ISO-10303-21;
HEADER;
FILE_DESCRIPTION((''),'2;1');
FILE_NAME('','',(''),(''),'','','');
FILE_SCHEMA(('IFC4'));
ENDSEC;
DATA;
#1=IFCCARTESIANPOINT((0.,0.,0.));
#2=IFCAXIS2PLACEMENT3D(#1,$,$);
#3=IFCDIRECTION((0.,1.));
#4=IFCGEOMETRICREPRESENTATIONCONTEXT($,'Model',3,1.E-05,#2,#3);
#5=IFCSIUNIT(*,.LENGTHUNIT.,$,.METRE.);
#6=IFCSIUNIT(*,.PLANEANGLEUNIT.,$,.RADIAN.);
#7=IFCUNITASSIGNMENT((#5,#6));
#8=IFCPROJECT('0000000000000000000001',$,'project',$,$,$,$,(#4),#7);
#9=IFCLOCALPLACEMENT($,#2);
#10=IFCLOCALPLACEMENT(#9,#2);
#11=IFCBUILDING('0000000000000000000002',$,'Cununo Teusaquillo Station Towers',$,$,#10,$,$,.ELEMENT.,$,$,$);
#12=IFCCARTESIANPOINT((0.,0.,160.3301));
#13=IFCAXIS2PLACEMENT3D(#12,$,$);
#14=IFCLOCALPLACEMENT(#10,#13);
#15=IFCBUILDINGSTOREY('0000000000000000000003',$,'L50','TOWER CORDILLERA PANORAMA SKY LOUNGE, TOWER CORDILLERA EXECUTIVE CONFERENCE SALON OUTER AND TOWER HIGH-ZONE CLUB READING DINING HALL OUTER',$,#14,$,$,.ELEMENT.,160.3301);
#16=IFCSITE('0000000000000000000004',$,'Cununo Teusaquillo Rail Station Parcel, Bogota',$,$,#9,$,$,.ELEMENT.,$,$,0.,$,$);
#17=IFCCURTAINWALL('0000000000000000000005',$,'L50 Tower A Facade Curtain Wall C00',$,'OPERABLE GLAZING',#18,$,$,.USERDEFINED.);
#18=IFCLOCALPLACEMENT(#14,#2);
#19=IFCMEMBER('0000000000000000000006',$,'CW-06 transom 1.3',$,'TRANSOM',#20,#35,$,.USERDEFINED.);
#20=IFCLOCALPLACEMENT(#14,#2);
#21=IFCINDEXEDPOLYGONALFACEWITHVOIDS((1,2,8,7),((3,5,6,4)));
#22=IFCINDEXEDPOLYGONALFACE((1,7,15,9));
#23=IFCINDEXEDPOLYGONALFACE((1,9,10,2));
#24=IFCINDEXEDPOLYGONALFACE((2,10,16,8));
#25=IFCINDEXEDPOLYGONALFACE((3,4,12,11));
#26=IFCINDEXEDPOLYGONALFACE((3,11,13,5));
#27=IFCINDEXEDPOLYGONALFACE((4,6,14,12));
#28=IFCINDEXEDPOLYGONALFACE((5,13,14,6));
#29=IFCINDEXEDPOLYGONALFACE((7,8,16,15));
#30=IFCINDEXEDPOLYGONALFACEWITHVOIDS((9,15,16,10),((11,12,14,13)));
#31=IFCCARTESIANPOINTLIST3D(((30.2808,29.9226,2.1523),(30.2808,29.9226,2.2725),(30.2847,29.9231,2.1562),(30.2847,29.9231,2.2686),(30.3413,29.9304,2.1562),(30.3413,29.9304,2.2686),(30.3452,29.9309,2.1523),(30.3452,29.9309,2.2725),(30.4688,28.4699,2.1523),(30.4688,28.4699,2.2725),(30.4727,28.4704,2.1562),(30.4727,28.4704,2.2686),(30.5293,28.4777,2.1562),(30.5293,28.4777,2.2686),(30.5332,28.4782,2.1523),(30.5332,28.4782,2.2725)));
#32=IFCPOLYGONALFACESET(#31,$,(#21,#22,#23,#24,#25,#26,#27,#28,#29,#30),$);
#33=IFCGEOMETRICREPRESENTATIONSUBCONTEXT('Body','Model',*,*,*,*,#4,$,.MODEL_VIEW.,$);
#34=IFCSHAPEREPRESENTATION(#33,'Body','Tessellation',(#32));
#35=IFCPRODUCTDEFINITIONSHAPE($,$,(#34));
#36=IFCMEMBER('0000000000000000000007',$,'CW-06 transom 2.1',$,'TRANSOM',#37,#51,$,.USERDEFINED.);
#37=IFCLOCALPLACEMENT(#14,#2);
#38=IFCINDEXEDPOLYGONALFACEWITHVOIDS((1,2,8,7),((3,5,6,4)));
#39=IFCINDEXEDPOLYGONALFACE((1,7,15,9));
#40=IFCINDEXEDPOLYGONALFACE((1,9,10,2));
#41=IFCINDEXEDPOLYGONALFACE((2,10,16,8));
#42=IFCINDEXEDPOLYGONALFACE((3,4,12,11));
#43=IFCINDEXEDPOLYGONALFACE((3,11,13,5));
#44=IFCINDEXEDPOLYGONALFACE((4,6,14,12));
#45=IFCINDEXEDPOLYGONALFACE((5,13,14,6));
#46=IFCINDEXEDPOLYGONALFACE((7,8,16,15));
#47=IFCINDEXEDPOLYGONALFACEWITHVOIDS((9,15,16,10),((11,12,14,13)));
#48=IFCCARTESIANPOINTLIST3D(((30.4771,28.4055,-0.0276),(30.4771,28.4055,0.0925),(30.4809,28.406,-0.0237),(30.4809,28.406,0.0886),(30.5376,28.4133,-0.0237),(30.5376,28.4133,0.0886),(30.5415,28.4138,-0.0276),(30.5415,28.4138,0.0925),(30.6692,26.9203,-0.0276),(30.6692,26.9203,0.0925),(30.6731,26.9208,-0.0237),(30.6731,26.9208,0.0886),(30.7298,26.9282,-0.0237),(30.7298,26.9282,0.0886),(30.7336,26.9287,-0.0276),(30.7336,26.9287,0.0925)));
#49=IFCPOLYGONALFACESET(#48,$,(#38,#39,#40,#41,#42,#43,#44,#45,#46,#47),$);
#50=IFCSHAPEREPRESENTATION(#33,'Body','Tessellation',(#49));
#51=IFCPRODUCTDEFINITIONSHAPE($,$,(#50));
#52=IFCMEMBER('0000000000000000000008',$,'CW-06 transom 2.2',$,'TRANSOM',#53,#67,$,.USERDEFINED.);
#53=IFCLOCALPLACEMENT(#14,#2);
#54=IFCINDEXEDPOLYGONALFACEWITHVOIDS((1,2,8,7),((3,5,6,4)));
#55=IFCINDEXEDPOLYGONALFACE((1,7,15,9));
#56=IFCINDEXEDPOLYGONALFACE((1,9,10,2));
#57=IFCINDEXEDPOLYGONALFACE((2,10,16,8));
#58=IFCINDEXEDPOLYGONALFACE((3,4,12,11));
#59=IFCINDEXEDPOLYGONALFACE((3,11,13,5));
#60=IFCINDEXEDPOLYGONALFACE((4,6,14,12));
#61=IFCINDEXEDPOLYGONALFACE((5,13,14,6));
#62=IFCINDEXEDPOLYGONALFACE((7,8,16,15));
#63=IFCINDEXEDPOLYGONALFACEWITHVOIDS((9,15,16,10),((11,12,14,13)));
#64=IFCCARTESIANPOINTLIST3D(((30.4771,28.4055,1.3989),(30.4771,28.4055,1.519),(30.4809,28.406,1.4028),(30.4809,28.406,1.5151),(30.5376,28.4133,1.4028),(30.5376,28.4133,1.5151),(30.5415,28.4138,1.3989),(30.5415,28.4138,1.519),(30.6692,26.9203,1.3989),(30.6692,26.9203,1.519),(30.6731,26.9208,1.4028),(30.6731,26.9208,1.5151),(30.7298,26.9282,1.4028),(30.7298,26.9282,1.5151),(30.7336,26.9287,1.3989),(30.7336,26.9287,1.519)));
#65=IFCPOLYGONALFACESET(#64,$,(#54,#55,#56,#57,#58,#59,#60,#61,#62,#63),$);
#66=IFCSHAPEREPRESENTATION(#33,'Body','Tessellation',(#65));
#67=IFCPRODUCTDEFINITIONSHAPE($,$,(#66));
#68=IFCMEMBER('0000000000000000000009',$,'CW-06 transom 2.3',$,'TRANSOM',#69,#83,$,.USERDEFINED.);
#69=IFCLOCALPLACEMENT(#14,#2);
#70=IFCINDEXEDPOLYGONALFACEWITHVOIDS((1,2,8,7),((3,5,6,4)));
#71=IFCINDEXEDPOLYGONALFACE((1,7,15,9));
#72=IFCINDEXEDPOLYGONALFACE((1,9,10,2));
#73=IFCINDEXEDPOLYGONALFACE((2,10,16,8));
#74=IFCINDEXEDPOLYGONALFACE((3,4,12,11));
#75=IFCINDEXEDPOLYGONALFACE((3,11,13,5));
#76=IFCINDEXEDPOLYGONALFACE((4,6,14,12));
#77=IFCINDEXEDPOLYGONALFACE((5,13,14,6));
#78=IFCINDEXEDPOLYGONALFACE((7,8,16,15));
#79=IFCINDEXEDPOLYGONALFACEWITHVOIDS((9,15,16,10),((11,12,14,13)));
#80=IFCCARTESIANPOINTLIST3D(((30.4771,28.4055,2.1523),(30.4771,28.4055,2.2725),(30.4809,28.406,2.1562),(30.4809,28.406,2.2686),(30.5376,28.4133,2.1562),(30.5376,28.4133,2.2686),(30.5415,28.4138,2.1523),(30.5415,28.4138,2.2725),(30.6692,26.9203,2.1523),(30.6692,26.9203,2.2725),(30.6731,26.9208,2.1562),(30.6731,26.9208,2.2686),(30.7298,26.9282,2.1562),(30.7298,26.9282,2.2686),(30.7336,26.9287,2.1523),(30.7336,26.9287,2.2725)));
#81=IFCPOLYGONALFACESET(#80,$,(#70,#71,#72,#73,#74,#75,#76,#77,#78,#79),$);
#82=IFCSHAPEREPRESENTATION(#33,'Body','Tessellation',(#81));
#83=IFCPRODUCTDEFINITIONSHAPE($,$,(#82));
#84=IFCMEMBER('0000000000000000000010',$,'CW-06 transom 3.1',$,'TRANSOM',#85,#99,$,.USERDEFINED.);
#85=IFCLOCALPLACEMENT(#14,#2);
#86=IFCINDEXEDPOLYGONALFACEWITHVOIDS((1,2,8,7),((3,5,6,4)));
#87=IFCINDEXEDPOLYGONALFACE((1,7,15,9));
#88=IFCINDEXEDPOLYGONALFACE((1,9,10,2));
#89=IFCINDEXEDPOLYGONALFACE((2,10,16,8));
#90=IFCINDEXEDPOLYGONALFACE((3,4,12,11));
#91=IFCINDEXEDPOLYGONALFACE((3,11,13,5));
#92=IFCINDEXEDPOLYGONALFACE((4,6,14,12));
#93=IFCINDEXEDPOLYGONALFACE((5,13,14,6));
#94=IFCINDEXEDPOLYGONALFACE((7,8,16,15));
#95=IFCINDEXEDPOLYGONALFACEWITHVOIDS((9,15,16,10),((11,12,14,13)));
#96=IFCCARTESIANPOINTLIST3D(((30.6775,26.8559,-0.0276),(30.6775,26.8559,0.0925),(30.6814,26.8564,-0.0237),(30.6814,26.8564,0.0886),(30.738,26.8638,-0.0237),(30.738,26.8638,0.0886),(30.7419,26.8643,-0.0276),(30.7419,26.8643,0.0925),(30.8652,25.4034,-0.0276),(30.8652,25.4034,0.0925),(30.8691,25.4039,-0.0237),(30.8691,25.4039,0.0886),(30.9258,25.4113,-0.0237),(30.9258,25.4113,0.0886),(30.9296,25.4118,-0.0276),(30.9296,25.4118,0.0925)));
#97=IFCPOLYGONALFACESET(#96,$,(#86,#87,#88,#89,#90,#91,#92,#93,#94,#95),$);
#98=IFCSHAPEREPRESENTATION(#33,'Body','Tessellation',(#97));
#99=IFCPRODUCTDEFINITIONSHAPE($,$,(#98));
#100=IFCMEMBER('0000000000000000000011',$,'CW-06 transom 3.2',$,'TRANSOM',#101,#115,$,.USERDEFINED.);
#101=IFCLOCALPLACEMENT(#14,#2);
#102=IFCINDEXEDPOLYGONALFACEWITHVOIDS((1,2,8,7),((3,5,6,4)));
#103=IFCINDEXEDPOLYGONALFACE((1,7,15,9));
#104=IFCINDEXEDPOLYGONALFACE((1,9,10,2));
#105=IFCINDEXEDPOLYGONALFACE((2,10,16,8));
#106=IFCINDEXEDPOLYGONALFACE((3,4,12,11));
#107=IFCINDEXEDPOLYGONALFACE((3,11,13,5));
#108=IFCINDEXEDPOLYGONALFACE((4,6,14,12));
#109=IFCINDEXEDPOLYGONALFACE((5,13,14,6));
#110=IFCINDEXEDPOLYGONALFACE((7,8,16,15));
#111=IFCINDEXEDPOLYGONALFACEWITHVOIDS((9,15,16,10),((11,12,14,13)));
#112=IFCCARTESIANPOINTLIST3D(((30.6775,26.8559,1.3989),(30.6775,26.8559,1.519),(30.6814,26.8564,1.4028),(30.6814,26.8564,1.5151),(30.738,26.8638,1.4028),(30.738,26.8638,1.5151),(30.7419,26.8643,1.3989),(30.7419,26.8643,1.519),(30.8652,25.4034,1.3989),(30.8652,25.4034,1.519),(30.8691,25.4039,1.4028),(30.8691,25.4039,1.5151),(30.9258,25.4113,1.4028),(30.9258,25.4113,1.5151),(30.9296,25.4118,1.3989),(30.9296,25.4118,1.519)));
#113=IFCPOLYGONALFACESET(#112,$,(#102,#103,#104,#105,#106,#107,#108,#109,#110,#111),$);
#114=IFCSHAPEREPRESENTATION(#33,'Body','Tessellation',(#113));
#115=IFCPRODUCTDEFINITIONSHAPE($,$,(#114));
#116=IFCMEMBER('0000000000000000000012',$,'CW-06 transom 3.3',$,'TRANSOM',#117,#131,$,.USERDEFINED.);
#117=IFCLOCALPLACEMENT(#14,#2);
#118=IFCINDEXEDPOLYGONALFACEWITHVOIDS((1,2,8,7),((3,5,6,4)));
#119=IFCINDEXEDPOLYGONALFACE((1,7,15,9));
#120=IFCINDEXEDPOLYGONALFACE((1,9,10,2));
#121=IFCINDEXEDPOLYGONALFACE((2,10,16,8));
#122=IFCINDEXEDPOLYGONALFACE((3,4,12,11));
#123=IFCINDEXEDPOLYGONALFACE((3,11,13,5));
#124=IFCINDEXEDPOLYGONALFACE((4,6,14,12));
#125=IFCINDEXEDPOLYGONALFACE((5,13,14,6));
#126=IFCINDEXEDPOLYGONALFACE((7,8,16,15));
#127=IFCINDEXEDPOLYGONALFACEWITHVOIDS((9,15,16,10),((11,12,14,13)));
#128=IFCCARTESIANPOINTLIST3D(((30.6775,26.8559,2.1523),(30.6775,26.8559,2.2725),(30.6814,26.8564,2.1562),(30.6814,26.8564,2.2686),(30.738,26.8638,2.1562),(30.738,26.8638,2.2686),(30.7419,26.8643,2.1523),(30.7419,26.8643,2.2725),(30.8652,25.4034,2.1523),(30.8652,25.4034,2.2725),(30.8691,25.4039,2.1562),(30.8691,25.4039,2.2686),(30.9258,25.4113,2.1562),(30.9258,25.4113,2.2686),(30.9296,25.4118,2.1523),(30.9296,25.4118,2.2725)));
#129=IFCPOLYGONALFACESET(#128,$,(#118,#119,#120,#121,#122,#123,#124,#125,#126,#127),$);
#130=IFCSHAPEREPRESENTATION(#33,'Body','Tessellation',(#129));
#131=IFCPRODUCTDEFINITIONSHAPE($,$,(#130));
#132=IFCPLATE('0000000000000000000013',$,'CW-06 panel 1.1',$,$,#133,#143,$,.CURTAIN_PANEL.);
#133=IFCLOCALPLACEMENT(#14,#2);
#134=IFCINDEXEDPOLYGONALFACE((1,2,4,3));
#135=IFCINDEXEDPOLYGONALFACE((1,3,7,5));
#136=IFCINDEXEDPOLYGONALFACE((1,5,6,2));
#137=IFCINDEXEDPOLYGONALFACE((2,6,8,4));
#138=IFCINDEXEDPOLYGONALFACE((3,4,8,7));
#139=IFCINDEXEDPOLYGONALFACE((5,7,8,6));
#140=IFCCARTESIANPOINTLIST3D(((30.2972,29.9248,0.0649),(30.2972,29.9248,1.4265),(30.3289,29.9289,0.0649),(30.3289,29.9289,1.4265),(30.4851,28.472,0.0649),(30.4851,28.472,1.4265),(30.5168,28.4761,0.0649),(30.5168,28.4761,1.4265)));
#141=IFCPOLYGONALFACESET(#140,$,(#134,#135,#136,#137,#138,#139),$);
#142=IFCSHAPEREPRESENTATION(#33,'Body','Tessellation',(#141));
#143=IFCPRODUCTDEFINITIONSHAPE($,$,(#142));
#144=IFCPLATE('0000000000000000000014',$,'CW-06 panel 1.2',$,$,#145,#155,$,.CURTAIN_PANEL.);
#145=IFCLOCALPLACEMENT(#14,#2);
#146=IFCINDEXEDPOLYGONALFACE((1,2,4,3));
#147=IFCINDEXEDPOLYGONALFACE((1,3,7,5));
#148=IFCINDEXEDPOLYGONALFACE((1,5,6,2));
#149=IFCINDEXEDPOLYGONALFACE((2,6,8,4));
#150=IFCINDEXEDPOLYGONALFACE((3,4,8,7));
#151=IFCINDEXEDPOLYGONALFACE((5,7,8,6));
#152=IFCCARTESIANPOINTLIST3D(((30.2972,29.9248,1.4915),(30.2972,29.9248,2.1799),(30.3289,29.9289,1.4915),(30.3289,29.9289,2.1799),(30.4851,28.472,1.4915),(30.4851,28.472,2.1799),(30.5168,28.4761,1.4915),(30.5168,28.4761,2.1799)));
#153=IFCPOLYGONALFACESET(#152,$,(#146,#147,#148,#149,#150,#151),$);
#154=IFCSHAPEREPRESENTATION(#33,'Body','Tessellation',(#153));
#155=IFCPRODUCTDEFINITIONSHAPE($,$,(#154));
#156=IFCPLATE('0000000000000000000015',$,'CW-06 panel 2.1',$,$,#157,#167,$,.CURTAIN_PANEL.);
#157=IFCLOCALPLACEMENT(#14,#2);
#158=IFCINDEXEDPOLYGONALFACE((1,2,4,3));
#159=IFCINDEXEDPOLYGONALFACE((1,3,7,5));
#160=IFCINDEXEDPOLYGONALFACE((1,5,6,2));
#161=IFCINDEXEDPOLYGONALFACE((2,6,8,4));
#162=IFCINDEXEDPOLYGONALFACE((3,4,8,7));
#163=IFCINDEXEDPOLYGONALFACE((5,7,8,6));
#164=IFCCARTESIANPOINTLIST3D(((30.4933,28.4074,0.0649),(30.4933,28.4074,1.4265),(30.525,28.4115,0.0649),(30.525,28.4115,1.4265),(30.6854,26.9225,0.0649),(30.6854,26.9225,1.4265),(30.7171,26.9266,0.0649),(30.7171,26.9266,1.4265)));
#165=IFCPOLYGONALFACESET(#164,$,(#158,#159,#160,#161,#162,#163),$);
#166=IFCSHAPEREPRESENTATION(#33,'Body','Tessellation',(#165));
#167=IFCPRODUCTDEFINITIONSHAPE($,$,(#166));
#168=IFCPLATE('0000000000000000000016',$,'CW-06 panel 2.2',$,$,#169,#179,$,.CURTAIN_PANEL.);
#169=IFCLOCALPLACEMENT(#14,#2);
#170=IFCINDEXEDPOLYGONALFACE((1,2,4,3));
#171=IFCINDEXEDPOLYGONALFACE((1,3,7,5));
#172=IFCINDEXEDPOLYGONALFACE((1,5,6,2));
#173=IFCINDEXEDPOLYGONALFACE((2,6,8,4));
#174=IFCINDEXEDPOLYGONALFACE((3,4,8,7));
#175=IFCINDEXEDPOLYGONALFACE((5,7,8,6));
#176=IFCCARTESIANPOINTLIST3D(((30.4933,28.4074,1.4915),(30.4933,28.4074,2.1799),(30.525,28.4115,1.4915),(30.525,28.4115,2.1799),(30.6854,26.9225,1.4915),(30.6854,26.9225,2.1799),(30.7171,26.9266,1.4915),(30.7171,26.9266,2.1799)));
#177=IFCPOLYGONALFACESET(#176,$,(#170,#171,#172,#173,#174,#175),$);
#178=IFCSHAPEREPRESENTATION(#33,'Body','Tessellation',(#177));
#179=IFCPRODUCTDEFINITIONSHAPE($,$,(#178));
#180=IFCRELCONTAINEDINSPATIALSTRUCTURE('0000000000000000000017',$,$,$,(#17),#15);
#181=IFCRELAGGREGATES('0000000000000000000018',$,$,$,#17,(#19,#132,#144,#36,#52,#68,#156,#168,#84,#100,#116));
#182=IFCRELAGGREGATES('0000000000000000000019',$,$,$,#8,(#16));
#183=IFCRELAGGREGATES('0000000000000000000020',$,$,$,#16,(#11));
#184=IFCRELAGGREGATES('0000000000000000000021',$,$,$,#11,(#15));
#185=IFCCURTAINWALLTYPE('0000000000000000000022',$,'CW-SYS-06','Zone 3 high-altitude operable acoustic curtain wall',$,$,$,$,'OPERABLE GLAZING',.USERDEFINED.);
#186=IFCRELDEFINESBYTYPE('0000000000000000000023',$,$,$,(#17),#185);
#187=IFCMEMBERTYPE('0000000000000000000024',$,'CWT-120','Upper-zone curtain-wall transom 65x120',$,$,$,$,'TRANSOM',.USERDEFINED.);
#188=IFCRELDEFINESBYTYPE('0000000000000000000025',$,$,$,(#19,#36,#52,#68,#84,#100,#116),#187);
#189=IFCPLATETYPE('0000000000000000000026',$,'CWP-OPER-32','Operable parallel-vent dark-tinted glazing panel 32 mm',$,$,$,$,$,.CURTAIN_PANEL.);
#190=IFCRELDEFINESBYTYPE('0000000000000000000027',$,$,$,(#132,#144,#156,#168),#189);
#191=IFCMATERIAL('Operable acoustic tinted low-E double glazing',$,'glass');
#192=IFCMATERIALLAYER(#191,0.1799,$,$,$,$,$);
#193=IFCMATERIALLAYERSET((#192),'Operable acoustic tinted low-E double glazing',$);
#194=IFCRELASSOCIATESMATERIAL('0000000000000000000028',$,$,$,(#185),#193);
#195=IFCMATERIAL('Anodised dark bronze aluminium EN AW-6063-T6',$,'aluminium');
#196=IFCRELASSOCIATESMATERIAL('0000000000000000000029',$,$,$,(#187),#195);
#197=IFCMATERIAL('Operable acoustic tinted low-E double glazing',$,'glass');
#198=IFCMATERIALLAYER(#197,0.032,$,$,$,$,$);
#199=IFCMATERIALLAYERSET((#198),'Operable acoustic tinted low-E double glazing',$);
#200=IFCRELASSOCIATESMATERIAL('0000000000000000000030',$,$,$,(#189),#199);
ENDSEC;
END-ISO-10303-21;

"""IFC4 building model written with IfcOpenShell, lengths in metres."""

from ifc_helpers import new_model, si_unit, direction, frame, origin, origin_2d, place, context, subcontext, project, spatial, rectangle, hollow_rectangle, extrude, source, transform, mapped, material, layer, layer_set, material_profile, profile_set, type_object, element, aggregate, save


model = new_model("IFC4")

# Units and contexts
model_context = context("Model", 3, precision=1e-05, world=origin(), true_north=direction((0.0, 1.0)))
body_context = subcontext(model_context, "Body", "Model", "MODEL_VIEW")
ifc_project = project(units=[si_unit("LENGTHUNIT", "METRE"), si_unit("PLANEANGLEUNIT", "RADIAN")], contexts=[model_context])

# Site, building, storey
site_placement = place(None, origin())
site = spatial("IfcSite", under=ifc_project, at=site_placement, Name="Cununo Teusaquillo Rail Station Parcel, Bogota", CompositionType="ELEMENT", RefElevation=0.0)
building_placement = place(site_placement, origin())
building = spatial("IfcBuilding", under=site, at=building_placement, Name="Cununo Teusaquillo Station Towers", CompositionType="ELEMENT")
storey_placement = place(building_placement, frame((0.0, 0.0, 160.3301)))
storey = spatial("IfcBuildingStorey", under=building, at=storey_placement, Name="L50", Description="TOWER CORDILLERA PANORAMA SKY LOUNGE, TOWER CORDILLERA EXECUTIVE CONFERENCE SALON OUTER AND TOWER HIGH-ZONE CLUB READING DINING HALL OUTER", CompositionType="ELEMENT", Elevation=160.3301)

# Curtain wall, members, plates
ifc_material_1 = material(Name="Operable acoustic tinted low-E double glazing", Category="glass")
ifc_layer_1 = layer(ifc_material_1, 0.1799)
ifc_layer_set_1 = layer_set([ifc_layer_1], Name="Operable acoustic tinted low-E double glazing")
curtain_wall_type = type_object("IfcCurtainWallType", Name="CW-SYS-06", Description="Zone 3 high-altitude operable acoustic curtain wall", ElementType="OPERABLE GLAZING", PredefinedType="USERDEFINED", material=ifc_layer_set_1)
curtain_wall_placement = place(storey_placement, origin())
curtain_wall = element("IfcCurtainWall", 1, at=curtain_wall_placement, inside=storey, type_object=curtain_wall_type, Name="L50 Tower A Facade Curtain Wall C00", ObjectType="OPERABLE GLAZING", PredefinedType="USERDEFINED")
ifc_material_2 = material(Name="Anodised dark bronze aluminium EN AW-6063-T6", Category="aluminium")
ifc_material_profile_1 = material_profile(ifc_material_2, hollow_rectangle(XDim=0.0649, YDim=0.1201, WallThickness=0.0039, at=origin_2d()), Name="CW-TRAN-65x120")
ifc_profile_set_1 = profile_set([ifc_material_profile_1], Name="Anodised dark bronze aluminium EN AW-6063-T6")
member_type_1 = type_object("IfcMemberType", Name="CWT-120", Description="Upper-zone curtain-wall transom 65x120", ElementType="TRANSOM", PredefinedType="USERDEFINED", material=ifc_profile_set_1)
member_1_placement = place(storey_placement, frame((30.313, 29.9268, 2.2124), z_axis=(0.128342, -0.99173, 0.0), x_axis=(0.99173, 0.128342, 0.0)))
member_1 = element("IfcMember", 2, at=member_1_placement, type_object=member_type_1, Name="CW-06 transom 1.3", ObjectType="TRANSOM", PredefinedType="USERDEFINED", context=body_context, shape_type="SweptSolid", body=[
    extrude(hollow_rectangle(XDim=0.0649, YDim=0.1201, WallThickness=0.0039, at=origin_2d()), origin(), (0.0, 0.0, 1.0), 1.4648),
])
member_2_placement = place(storey_placement, frame((30.5093, 28.4097, 0.0325), z_axis=(0.128308, -0.991734, 0.0), x_axis=(0.991734, 0.128308, 0.0)))
member_2 = element("IfcMember", 3, at=member_2_placement, type_object=member_type_1, Name="CW-06 transom 2.1", ObjectType="TRANSOM", PredefinedType="USERDEFINED", context=body_context, shape_type="SweptSolid", body=[
    extrude(hollow_rectangle(XDim=0.0649, YDim=0.1201, WallThickness=0.0039, at=origin_2d()), origin(), (0.0, 0.0, 1.0), 1.4976),
])
member_3_placement = place(storey_placement, frame((30.5093, 28.4097, 1.459), z_axis=(0.128308, -0.991734, 0.0), x_axis=(0.991734, 0.128308, 0.0)))
member_3 = element("IfcMember", 4, at=member_3_placement, type_object=member_type_1, Name="CW-06 transom 2.2", ObjectType="TRANSOM", PredefinedType="USERDEFINED", context=body_context, shape_type="SweptSolid", body=[
    extrude(hollow_rectangle(XDim=0.0649, YDim=0.1201, WallThickness=0.0039, at=origin_2d()), origin(), (0.0, 0.0, 1.0), 1.4976),
])
member_4_placement = place(storey_placement, frame((30.5093, 28.4097, 2.2124), z_axis=(0.128308, -0.991734, 0.0), x_axis=(0.991734, 0.128308, 0.0)))
member_4 = element("IfcMember", 5, at=member_4_placement, type_object=member_type_1, Name="CW-06 transom 2.3", ObjectType="TRANSOM", PredefinedType="USERDEFINED", context=body_context, shape_type="SweptSolid", body=[
    extrude(hollow_rectangle(XDim=0.0649, YDim=0.1201, WallThickness=0.0039, at=origin_2d()), origin(), (0.0, 0.0, 1.0), 1.4976),
])
member_5_placement = place(storey_placement, frame((30.7097, 26.8601, 0.0325), z_axis=(0.128178, -0.991751, 0.0), x_axis=(0.991751, 0.128178, 0.0)))
member_5 = element("IfcMember", 6, at=member_5_placement, type_object=member_type_1, Name="CW-06 transom 3.1", ObjectType="TRANSOM", PredefinedType="USERDEFINED", context=body_context, shape_type="SweptSolid", body=[
    extrude(hollow_rectangle(XDim=0.0649, YDim=0.1201, WallThickness=0.0039, at=origin_2d()), origin(), (0.0, 0.0, 1.0), 1.4646),
])
member_6_placement = place(storey_placement, frame((30.7097, 26.8601, 1.459), z_axis=(0.128178, -0.991751, 0.0), x_axis=(0.991751, 0.128178, 0.0)))
member_6 = element("IfcMember", 7, at=member_6_placement, type_object=member_type_1, Name="CW-06 transom 3.2", ObjectType="TRANSOM", PredefinedType="USERDEFINED", context=body_context, shape_type="SweptSolid", body=[
    extrude(hollow_rectangle(XDim=0.0649, YDim=0.1201, WallThickness=0.0039, at=origin_2d()), origin(), (0.0, 0.0, 1.0), 1.4646),
])
member_7_placement = place(storey_placement, frame((30.7097, 26.8601, 2.2124), z_axis=(0.128178, -0.991751, 0.0), x_axis=(0.991751, 0.128178, 0.0)))
member_7 = element("IfcMember", 8, at=member_7_placement, type_object=member_type_1, Name="CW-06 transom 3.3", ObjectType="TRANSOM", PredefinedType="USERDEFINED", context=body_context, shape_type="SweptSolid", body=[
    extrude(hollow_rectangle(XDim=0.0649, YDim=0.1201, WallThickness=0.0039, at=origin_2d()), origin(), (0.0, 0.0, 1.0), 1.4646),
])
ifc_material_3 = material(Name="Operable acoustic tinted low-E double glazing", Category="glass")
ifc_layer_2 = layer(ifc_material_3, 0.032)
ifc_layer_set_2 = layer_set([ifc_layer_2], Name="Operable acoustic tinted low-E double glazing")
plate_type = type_object("IfcPlateType", Name="CWP-OPER-32", Description="Operable parallel-vent dark-tinted glazing panel 32 mm", PredefinedType="CURTAIN_PANEL", material=ifc_layer_set_2)
shared_shape_1 = source(origin(), body_context, "Body", "SweptSolid", [
    extrude(rectangle(XDim=1.4648, YDim=0.032, at=origin_2d()), origin(), (0.0, 0.0, 1.0), 1.3616),
])
plate_1_placement = place(storey_placement, frame((30.407, 29.2004, 0.0649), z_axis=(0.0, 0.0, 1.0), x_axis=(0.128293, -0.991736, 0.0)))
plate_1 = element("IfcPlate", 9, at=plate_1_placement, type_object=plate_type, Name="CW-06 panel 1.1", PredefinedType="CURTAIN_PANEL", context=body_context, shape_type="MappedRepresentation", body=[
    mapped(shared_shape_1, transform((0.0, 0.0, 0.0), x_axis=(1.0, 0.0, 0.0), y_axis=(0.0, 1.0, 0.0), z_axis=(0.0, 0.0, 1.0), scale=1.0)),
])
shared_shape_2 = source(origin(), body_context, "Body", "SweptSolid", [
    extrude(rectangle(XDim=1.4648, YDim=0.032, at=origin_2d()), origin(), (0.0, 0.0, 1.0), 0.6885),
])
plate_2_placement = place(storey_placement, frame((30.407, 29.2004, 1.4915), z_axis=(0.0, 0.0, 1.0), x_axis=(0.128293, -0.991736, 0.0)))
plate_2 = element("IfcPlate", 10, at=plate_2_placement, type_object=plate_type, Name="CW-06 panel 1.2", PredefinedType="CURTAIN_PANEL", context=body_context, shape_type="MappedRepresentation", body=[
    mapped(shared_shape_2, transform((0.0, 0.0, 0.0), x_axis=(1.0, 0.0, 0.0), y_axis=(0.0, 1.0, 0.0), z_axis=(0.0, 0.0, 1.0), scale=1.0)),
])
shared_shape_3 = source(origin(), body_context, "Body", "SweptSolid", [
    extrude(rectangle(XDim=1.4973, YDim=0.032, at=origin_2d()), origin(), (0.0, 0.0, 1.0), 1.3616),
])
plate_3_placement = place(storey_placement, frame((30.6052, 27.667, 0.0649), z_axis=(0.0, 0.0, 1.0), x_axis=(0.128293, -0.991736, 0.0)))
plate_3 = element("IfcPlate", 11, at=plate_3_placement, type_object=plate_type, Name="CW-06 panel 2.1", PredefinedType="CURTAIN_PANEL", context=body_context, shape_type="MappedRepresentation", body=[
    mapped(shared_shape_3, transform((0.0, 0.0, 0.0), x_axis=(1.0, 0.0, 0.0), y_axis=(0.0, 1.0, 0.0), z_axis=(0.0, 0.0, 1.0), scale=1.0)),
])
shared_shape_4 = source(origin(), body_context, "Body", "SweptSolid", [
    extrude(rectangle(XDim=1.4973, YDim=0.032, at=origin_2d()), origin(), (0.0, 0.0, 1.0), 0.6885),
])
plate_4_placement = place(storey_placement, frame((30.6052, 27.667, 1.4915), z_axis=(0.0, 0.0, 1.0), x_axis=(0.128293, -0.991736, 0.0)))
plate_4 = element("IfcPlate", 12, at=plate_4_placement, type_object=plate_type, Name="CW-06 panel 2.2", PredefinedType="CURTAIN_PANEL", context=body_context, shape_type="MappedRepresentation", body=[
    mapped(shared_shape_4, transform((0.0, 0.0, 0.0), x_axis=(1.0, 0.0, 0.0), y_axis=(0.0, 1.0, 0.0), z_axis=(0.0, 0.0, 1.0), scale=1.0)),
])
aggregate(curtain_wall, [member_1, plate_1, plate_2, member_2, member_3, member_4, plate_3, plate_4, member_5, member_6, member_7])

save(model, "model.ifc")
